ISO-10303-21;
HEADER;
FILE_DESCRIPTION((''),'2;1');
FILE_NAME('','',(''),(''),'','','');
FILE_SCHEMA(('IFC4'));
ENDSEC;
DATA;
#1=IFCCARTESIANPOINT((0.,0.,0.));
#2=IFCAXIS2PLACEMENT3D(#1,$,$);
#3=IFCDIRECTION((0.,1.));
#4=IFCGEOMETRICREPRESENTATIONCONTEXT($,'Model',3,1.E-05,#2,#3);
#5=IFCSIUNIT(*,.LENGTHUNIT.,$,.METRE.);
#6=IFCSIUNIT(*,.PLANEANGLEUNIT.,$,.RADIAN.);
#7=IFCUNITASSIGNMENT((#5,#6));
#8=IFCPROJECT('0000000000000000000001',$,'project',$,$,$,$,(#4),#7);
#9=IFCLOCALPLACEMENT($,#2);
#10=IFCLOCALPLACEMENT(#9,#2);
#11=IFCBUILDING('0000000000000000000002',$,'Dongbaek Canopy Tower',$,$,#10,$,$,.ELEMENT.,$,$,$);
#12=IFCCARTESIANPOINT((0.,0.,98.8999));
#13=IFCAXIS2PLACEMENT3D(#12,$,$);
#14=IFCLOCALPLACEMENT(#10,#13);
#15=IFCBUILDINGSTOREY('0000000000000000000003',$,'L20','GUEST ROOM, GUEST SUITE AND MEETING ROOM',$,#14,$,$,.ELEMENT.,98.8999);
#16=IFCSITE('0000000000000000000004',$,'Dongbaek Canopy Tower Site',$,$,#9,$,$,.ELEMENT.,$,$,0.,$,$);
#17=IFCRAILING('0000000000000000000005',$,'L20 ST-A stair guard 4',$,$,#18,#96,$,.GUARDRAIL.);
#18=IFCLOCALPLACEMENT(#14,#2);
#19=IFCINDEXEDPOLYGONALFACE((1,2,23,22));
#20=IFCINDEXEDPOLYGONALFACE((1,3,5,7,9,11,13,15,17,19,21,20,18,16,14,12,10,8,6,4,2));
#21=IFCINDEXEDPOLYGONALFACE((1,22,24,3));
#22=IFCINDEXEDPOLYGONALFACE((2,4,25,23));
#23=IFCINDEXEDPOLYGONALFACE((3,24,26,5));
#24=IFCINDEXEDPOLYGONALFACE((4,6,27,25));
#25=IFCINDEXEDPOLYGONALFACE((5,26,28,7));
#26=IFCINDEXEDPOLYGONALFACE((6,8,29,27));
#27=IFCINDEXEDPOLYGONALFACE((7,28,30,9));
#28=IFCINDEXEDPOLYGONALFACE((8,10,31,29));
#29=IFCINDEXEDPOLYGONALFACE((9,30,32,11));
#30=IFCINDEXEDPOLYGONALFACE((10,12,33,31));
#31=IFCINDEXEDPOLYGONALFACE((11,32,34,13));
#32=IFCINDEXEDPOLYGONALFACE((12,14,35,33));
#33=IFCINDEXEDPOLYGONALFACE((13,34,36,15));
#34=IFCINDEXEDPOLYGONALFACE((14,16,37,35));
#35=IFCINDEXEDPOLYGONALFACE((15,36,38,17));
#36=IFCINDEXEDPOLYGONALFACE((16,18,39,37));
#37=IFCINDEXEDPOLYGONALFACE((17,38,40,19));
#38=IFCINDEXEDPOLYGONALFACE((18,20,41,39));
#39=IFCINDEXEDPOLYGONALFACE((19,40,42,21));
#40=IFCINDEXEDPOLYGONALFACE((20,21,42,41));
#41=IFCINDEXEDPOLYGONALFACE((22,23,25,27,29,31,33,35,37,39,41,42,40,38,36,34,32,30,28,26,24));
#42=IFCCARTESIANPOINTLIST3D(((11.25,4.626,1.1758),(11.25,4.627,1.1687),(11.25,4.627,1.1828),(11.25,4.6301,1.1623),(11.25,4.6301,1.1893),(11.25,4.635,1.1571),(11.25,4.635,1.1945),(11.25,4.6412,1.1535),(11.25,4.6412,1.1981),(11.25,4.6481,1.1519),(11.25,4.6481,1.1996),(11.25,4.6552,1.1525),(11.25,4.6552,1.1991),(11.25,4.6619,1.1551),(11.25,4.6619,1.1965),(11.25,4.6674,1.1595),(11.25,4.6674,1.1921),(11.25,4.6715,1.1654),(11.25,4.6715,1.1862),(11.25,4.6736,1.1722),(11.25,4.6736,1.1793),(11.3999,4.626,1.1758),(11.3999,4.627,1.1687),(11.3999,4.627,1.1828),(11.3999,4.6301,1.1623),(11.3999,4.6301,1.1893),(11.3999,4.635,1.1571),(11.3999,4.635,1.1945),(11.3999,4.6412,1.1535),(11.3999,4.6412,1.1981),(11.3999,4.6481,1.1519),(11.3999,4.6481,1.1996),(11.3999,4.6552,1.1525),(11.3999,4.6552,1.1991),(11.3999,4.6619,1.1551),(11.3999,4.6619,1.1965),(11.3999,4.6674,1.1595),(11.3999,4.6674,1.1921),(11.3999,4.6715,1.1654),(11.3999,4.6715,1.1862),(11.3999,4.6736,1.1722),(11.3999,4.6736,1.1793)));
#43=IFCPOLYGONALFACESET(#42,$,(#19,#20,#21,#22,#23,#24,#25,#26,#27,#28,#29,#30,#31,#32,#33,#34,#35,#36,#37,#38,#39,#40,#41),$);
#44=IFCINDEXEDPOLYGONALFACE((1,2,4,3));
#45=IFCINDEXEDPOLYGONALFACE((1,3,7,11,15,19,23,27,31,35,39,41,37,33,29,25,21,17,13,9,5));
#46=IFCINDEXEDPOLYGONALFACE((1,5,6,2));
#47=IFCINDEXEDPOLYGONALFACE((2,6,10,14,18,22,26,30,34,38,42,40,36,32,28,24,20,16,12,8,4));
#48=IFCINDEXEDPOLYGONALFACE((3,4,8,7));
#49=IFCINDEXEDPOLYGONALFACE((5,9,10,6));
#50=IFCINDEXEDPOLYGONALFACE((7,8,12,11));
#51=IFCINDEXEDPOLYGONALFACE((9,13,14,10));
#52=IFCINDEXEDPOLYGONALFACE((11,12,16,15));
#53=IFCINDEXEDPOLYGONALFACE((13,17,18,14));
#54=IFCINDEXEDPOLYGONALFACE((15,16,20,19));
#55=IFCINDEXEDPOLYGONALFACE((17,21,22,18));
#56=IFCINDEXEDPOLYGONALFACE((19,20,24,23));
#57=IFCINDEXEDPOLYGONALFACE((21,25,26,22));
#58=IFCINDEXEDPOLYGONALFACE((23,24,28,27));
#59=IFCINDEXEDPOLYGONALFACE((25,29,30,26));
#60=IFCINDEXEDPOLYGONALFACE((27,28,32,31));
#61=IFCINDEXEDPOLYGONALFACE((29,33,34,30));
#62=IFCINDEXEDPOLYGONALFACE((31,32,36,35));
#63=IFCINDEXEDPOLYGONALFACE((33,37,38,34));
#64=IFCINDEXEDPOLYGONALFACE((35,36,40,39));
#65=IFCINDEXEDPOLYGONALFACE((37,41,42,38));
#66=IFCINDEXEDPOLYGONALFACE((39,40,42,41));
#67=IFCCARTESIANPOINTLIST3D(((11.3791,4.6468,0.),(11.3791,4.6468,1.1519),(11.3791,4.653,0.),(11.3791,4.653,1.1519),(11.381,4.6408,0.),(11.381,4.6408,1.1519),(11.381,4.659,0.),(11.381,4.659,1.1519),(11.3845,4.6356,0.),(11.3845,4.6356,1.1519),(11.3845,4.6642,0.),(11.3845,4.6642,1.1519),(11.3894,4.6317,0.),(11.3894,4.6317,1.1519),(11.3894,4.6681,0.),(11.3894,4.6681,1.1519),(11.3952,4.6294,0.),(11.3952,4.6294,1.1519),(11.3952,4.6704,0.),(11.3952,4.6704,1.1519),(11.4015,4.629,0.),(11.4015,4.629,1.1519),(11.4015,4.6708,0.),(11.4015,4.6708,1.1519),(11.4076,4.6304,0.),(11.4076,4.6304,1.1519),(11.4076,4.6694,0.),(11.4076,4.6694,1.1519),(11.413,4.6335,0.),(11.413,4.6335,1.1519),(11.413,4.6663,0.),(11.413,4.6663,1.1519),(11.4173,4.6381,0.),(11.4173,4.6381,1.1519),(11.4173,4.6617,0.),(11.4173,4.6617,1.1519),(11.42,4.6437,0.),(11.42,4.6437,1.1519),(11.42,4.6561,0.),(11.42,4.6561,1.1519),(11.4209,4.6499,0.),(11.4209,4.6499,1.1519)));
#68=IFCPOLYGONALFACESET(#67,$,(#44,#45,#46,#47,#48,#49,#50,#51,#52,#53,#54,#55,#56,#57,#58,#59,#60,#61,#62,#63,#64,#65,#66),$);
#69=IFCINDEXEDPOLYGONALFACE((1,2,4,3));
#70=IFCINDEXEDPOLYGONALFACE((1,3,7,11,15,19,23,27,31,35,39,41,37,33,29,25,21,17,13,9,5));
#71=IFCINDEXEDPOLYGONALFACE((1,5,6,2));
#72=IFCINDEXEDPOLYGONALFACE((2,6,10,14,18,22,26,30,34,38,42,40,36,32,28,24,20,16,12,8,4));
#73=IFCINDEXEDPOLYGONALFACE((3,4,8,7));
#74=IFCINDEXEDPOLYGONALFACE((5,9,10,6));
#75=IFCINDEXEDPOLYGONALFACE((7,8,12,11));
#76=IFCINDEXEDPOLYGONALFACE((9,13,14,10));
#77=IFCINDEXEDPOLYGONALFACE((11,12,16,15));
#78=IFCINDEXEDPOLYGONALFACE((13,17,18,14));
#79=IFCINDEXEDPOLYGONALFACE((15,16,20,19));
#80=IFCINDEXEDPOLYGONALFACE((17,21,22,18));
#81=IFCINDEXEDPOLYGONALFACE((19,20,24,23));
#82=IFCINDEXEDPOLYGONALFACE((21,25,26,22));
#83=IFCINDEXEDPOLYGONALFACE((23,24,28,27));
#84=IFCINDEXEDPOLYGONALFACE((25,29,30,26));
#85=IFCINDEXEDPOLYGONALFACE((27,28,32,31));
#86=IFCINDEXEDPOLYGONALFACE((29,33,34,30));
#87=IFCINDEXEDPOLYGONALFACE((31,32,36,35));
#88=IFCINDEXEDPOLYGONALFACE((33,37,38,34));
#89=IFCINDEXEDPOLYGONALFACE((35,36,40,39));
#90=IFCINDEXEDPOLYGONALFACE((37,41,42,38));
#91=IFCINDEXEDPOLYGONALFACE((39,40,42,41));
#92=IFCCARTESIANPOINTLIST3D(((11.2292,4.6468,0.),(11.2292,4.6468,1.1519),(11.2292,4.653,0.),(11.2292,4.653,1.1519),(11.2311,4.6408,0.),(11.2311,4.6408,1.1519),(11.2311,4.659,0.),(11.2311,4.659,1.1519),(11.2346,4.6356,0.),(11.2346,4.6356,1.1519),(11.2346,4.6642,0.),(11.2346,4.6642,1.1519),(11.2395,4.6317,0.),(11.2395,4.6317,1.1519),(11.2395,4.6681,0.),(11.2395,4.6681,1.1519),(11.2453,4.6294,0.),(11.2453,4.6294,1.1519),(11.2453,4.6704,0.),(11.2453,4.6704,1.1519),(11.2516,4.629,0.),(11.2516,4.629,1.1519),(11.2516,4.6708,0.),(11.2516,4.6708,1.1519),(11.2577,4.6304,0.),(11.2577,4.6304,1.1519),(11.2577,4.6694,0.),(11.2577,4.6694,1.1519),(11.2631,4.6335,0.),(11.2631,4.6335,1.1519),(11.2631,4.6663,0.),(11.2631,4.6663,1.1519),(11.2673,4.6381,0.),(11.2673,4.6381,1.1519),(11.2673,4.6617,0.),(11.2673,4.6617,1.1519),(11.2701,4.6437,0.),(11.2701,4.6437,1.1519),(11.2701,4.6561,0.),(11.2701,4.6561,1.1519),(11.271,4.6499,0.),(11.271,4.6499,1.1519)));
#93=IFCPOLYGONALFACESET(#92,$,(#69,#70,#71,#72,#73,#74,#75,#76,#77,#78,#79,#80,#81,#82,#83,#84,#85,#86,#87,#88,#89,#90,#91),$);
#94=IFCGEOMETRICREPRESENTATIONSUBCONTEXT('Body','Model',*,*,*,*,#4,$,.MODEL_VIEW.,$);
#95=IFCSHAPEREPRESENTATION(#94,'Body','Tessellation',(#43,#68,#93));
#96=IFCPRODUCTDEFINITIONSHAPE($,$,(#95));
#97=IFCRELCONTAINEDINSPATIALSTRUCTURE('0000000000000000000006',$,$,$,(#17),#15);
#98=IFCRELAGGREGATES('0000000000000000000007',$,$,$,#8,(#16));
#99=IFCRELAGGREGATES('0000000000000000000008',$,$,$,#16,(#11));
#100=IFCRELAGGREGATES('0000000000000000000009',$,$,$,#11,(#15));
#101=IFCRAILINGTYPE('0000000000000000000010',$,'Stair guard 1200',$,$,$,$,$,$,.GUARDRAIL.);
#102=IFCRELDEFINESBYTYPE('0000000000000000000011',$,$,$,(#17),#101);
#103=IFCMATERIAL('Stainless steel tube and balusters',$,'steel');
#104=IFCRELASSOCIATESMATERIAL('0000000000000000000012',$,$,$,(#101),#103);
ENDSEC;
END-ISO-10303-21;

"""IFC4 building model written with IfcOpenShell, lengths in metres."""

from ifc_helpers import new_model, si_unit, direction, frame, origin, origin_2d, place, context, subcontext, project, spatial, circle, extrude, material, type_object, element, save


model = new_model("IFC4")

# Units and contexts
model_context = context("Model", 3, precision=1e-05, world=origin(), true_north=direction((0.0, 1.0)))
body_context = subcontext(model_context, "Body", "Model", "MODEL_VIEW")
ifc_project = project(units=[si_unit("LENGTHUNIT", "METRE"), si_unit("PLANEANGLEUNIT", "RADIAN")], contexts=[model_context])

# Site, building, storey
site_placement = place(None, origin())
site = spatial("IfcSite", under=ifc_project, at=site_placement, Name="Dongbaek Canopy Tower Site", CompositionType="ELEMENT", RefElevation=0.0)
building_placement = place(site_placement, origin())
building = spatial("IfcBuilding", under=site, at=building_placement, Name="Dongbaek Canopy Tower", CompositionType="ELEMENT")
storey_placement = place(building_placement, frame((0.0, 0.0, 98.8999)))
storey = spatial("IfcBuildingStorey", under=building, at=storey_placement, Name="L20", Description="GUEST ROOM, GUEST SUITE AND MEETING ROOM", CompositionType="ELEMENT", Elevation=98.8999)

# Railing
ifc_material_1 = material(Name="Stainless steel tube and balusters", Category="steel")
railing_type_1 = type_object("IfcRailingType", Name="Stair guard 1200", PredefinedType="GUARDRAIL", material=ifc_material_1)
railing_1_placement = place(storey_placement, frame((11.3999, 4.6499, 0.0)))
element("IfcRailing", 1, at=railing_1_placement, inside=storey, type_object=railing_type_1, Name="L20 ST-A stair guard 4", PredefinedType="GUARDRAIL", context=body_context, shape_type="SweptSolid", body=[
    extrude(circle(Radius=0.0239, at=origin_2d()), frame((0.0, 0.0, 1.1758), z_axis=(-1.0, 0.0, 0.0), x_axis=(0.0, -1.0, 0.0)), (0.0, 0.0, 1.0), 0.1499),
    extrude(circle(Radius=0.021, at=origin_2d()), origin(), (0.0, 0.0, 1.0), 1.1519),
    extrude(circle(Radius=0.021, at=origin_2d()), frame((-0.1499, 0.0, 0.0)), (0.0, 0.0, 1.0), 1.1519),
])

save(model, "model.ifc")
